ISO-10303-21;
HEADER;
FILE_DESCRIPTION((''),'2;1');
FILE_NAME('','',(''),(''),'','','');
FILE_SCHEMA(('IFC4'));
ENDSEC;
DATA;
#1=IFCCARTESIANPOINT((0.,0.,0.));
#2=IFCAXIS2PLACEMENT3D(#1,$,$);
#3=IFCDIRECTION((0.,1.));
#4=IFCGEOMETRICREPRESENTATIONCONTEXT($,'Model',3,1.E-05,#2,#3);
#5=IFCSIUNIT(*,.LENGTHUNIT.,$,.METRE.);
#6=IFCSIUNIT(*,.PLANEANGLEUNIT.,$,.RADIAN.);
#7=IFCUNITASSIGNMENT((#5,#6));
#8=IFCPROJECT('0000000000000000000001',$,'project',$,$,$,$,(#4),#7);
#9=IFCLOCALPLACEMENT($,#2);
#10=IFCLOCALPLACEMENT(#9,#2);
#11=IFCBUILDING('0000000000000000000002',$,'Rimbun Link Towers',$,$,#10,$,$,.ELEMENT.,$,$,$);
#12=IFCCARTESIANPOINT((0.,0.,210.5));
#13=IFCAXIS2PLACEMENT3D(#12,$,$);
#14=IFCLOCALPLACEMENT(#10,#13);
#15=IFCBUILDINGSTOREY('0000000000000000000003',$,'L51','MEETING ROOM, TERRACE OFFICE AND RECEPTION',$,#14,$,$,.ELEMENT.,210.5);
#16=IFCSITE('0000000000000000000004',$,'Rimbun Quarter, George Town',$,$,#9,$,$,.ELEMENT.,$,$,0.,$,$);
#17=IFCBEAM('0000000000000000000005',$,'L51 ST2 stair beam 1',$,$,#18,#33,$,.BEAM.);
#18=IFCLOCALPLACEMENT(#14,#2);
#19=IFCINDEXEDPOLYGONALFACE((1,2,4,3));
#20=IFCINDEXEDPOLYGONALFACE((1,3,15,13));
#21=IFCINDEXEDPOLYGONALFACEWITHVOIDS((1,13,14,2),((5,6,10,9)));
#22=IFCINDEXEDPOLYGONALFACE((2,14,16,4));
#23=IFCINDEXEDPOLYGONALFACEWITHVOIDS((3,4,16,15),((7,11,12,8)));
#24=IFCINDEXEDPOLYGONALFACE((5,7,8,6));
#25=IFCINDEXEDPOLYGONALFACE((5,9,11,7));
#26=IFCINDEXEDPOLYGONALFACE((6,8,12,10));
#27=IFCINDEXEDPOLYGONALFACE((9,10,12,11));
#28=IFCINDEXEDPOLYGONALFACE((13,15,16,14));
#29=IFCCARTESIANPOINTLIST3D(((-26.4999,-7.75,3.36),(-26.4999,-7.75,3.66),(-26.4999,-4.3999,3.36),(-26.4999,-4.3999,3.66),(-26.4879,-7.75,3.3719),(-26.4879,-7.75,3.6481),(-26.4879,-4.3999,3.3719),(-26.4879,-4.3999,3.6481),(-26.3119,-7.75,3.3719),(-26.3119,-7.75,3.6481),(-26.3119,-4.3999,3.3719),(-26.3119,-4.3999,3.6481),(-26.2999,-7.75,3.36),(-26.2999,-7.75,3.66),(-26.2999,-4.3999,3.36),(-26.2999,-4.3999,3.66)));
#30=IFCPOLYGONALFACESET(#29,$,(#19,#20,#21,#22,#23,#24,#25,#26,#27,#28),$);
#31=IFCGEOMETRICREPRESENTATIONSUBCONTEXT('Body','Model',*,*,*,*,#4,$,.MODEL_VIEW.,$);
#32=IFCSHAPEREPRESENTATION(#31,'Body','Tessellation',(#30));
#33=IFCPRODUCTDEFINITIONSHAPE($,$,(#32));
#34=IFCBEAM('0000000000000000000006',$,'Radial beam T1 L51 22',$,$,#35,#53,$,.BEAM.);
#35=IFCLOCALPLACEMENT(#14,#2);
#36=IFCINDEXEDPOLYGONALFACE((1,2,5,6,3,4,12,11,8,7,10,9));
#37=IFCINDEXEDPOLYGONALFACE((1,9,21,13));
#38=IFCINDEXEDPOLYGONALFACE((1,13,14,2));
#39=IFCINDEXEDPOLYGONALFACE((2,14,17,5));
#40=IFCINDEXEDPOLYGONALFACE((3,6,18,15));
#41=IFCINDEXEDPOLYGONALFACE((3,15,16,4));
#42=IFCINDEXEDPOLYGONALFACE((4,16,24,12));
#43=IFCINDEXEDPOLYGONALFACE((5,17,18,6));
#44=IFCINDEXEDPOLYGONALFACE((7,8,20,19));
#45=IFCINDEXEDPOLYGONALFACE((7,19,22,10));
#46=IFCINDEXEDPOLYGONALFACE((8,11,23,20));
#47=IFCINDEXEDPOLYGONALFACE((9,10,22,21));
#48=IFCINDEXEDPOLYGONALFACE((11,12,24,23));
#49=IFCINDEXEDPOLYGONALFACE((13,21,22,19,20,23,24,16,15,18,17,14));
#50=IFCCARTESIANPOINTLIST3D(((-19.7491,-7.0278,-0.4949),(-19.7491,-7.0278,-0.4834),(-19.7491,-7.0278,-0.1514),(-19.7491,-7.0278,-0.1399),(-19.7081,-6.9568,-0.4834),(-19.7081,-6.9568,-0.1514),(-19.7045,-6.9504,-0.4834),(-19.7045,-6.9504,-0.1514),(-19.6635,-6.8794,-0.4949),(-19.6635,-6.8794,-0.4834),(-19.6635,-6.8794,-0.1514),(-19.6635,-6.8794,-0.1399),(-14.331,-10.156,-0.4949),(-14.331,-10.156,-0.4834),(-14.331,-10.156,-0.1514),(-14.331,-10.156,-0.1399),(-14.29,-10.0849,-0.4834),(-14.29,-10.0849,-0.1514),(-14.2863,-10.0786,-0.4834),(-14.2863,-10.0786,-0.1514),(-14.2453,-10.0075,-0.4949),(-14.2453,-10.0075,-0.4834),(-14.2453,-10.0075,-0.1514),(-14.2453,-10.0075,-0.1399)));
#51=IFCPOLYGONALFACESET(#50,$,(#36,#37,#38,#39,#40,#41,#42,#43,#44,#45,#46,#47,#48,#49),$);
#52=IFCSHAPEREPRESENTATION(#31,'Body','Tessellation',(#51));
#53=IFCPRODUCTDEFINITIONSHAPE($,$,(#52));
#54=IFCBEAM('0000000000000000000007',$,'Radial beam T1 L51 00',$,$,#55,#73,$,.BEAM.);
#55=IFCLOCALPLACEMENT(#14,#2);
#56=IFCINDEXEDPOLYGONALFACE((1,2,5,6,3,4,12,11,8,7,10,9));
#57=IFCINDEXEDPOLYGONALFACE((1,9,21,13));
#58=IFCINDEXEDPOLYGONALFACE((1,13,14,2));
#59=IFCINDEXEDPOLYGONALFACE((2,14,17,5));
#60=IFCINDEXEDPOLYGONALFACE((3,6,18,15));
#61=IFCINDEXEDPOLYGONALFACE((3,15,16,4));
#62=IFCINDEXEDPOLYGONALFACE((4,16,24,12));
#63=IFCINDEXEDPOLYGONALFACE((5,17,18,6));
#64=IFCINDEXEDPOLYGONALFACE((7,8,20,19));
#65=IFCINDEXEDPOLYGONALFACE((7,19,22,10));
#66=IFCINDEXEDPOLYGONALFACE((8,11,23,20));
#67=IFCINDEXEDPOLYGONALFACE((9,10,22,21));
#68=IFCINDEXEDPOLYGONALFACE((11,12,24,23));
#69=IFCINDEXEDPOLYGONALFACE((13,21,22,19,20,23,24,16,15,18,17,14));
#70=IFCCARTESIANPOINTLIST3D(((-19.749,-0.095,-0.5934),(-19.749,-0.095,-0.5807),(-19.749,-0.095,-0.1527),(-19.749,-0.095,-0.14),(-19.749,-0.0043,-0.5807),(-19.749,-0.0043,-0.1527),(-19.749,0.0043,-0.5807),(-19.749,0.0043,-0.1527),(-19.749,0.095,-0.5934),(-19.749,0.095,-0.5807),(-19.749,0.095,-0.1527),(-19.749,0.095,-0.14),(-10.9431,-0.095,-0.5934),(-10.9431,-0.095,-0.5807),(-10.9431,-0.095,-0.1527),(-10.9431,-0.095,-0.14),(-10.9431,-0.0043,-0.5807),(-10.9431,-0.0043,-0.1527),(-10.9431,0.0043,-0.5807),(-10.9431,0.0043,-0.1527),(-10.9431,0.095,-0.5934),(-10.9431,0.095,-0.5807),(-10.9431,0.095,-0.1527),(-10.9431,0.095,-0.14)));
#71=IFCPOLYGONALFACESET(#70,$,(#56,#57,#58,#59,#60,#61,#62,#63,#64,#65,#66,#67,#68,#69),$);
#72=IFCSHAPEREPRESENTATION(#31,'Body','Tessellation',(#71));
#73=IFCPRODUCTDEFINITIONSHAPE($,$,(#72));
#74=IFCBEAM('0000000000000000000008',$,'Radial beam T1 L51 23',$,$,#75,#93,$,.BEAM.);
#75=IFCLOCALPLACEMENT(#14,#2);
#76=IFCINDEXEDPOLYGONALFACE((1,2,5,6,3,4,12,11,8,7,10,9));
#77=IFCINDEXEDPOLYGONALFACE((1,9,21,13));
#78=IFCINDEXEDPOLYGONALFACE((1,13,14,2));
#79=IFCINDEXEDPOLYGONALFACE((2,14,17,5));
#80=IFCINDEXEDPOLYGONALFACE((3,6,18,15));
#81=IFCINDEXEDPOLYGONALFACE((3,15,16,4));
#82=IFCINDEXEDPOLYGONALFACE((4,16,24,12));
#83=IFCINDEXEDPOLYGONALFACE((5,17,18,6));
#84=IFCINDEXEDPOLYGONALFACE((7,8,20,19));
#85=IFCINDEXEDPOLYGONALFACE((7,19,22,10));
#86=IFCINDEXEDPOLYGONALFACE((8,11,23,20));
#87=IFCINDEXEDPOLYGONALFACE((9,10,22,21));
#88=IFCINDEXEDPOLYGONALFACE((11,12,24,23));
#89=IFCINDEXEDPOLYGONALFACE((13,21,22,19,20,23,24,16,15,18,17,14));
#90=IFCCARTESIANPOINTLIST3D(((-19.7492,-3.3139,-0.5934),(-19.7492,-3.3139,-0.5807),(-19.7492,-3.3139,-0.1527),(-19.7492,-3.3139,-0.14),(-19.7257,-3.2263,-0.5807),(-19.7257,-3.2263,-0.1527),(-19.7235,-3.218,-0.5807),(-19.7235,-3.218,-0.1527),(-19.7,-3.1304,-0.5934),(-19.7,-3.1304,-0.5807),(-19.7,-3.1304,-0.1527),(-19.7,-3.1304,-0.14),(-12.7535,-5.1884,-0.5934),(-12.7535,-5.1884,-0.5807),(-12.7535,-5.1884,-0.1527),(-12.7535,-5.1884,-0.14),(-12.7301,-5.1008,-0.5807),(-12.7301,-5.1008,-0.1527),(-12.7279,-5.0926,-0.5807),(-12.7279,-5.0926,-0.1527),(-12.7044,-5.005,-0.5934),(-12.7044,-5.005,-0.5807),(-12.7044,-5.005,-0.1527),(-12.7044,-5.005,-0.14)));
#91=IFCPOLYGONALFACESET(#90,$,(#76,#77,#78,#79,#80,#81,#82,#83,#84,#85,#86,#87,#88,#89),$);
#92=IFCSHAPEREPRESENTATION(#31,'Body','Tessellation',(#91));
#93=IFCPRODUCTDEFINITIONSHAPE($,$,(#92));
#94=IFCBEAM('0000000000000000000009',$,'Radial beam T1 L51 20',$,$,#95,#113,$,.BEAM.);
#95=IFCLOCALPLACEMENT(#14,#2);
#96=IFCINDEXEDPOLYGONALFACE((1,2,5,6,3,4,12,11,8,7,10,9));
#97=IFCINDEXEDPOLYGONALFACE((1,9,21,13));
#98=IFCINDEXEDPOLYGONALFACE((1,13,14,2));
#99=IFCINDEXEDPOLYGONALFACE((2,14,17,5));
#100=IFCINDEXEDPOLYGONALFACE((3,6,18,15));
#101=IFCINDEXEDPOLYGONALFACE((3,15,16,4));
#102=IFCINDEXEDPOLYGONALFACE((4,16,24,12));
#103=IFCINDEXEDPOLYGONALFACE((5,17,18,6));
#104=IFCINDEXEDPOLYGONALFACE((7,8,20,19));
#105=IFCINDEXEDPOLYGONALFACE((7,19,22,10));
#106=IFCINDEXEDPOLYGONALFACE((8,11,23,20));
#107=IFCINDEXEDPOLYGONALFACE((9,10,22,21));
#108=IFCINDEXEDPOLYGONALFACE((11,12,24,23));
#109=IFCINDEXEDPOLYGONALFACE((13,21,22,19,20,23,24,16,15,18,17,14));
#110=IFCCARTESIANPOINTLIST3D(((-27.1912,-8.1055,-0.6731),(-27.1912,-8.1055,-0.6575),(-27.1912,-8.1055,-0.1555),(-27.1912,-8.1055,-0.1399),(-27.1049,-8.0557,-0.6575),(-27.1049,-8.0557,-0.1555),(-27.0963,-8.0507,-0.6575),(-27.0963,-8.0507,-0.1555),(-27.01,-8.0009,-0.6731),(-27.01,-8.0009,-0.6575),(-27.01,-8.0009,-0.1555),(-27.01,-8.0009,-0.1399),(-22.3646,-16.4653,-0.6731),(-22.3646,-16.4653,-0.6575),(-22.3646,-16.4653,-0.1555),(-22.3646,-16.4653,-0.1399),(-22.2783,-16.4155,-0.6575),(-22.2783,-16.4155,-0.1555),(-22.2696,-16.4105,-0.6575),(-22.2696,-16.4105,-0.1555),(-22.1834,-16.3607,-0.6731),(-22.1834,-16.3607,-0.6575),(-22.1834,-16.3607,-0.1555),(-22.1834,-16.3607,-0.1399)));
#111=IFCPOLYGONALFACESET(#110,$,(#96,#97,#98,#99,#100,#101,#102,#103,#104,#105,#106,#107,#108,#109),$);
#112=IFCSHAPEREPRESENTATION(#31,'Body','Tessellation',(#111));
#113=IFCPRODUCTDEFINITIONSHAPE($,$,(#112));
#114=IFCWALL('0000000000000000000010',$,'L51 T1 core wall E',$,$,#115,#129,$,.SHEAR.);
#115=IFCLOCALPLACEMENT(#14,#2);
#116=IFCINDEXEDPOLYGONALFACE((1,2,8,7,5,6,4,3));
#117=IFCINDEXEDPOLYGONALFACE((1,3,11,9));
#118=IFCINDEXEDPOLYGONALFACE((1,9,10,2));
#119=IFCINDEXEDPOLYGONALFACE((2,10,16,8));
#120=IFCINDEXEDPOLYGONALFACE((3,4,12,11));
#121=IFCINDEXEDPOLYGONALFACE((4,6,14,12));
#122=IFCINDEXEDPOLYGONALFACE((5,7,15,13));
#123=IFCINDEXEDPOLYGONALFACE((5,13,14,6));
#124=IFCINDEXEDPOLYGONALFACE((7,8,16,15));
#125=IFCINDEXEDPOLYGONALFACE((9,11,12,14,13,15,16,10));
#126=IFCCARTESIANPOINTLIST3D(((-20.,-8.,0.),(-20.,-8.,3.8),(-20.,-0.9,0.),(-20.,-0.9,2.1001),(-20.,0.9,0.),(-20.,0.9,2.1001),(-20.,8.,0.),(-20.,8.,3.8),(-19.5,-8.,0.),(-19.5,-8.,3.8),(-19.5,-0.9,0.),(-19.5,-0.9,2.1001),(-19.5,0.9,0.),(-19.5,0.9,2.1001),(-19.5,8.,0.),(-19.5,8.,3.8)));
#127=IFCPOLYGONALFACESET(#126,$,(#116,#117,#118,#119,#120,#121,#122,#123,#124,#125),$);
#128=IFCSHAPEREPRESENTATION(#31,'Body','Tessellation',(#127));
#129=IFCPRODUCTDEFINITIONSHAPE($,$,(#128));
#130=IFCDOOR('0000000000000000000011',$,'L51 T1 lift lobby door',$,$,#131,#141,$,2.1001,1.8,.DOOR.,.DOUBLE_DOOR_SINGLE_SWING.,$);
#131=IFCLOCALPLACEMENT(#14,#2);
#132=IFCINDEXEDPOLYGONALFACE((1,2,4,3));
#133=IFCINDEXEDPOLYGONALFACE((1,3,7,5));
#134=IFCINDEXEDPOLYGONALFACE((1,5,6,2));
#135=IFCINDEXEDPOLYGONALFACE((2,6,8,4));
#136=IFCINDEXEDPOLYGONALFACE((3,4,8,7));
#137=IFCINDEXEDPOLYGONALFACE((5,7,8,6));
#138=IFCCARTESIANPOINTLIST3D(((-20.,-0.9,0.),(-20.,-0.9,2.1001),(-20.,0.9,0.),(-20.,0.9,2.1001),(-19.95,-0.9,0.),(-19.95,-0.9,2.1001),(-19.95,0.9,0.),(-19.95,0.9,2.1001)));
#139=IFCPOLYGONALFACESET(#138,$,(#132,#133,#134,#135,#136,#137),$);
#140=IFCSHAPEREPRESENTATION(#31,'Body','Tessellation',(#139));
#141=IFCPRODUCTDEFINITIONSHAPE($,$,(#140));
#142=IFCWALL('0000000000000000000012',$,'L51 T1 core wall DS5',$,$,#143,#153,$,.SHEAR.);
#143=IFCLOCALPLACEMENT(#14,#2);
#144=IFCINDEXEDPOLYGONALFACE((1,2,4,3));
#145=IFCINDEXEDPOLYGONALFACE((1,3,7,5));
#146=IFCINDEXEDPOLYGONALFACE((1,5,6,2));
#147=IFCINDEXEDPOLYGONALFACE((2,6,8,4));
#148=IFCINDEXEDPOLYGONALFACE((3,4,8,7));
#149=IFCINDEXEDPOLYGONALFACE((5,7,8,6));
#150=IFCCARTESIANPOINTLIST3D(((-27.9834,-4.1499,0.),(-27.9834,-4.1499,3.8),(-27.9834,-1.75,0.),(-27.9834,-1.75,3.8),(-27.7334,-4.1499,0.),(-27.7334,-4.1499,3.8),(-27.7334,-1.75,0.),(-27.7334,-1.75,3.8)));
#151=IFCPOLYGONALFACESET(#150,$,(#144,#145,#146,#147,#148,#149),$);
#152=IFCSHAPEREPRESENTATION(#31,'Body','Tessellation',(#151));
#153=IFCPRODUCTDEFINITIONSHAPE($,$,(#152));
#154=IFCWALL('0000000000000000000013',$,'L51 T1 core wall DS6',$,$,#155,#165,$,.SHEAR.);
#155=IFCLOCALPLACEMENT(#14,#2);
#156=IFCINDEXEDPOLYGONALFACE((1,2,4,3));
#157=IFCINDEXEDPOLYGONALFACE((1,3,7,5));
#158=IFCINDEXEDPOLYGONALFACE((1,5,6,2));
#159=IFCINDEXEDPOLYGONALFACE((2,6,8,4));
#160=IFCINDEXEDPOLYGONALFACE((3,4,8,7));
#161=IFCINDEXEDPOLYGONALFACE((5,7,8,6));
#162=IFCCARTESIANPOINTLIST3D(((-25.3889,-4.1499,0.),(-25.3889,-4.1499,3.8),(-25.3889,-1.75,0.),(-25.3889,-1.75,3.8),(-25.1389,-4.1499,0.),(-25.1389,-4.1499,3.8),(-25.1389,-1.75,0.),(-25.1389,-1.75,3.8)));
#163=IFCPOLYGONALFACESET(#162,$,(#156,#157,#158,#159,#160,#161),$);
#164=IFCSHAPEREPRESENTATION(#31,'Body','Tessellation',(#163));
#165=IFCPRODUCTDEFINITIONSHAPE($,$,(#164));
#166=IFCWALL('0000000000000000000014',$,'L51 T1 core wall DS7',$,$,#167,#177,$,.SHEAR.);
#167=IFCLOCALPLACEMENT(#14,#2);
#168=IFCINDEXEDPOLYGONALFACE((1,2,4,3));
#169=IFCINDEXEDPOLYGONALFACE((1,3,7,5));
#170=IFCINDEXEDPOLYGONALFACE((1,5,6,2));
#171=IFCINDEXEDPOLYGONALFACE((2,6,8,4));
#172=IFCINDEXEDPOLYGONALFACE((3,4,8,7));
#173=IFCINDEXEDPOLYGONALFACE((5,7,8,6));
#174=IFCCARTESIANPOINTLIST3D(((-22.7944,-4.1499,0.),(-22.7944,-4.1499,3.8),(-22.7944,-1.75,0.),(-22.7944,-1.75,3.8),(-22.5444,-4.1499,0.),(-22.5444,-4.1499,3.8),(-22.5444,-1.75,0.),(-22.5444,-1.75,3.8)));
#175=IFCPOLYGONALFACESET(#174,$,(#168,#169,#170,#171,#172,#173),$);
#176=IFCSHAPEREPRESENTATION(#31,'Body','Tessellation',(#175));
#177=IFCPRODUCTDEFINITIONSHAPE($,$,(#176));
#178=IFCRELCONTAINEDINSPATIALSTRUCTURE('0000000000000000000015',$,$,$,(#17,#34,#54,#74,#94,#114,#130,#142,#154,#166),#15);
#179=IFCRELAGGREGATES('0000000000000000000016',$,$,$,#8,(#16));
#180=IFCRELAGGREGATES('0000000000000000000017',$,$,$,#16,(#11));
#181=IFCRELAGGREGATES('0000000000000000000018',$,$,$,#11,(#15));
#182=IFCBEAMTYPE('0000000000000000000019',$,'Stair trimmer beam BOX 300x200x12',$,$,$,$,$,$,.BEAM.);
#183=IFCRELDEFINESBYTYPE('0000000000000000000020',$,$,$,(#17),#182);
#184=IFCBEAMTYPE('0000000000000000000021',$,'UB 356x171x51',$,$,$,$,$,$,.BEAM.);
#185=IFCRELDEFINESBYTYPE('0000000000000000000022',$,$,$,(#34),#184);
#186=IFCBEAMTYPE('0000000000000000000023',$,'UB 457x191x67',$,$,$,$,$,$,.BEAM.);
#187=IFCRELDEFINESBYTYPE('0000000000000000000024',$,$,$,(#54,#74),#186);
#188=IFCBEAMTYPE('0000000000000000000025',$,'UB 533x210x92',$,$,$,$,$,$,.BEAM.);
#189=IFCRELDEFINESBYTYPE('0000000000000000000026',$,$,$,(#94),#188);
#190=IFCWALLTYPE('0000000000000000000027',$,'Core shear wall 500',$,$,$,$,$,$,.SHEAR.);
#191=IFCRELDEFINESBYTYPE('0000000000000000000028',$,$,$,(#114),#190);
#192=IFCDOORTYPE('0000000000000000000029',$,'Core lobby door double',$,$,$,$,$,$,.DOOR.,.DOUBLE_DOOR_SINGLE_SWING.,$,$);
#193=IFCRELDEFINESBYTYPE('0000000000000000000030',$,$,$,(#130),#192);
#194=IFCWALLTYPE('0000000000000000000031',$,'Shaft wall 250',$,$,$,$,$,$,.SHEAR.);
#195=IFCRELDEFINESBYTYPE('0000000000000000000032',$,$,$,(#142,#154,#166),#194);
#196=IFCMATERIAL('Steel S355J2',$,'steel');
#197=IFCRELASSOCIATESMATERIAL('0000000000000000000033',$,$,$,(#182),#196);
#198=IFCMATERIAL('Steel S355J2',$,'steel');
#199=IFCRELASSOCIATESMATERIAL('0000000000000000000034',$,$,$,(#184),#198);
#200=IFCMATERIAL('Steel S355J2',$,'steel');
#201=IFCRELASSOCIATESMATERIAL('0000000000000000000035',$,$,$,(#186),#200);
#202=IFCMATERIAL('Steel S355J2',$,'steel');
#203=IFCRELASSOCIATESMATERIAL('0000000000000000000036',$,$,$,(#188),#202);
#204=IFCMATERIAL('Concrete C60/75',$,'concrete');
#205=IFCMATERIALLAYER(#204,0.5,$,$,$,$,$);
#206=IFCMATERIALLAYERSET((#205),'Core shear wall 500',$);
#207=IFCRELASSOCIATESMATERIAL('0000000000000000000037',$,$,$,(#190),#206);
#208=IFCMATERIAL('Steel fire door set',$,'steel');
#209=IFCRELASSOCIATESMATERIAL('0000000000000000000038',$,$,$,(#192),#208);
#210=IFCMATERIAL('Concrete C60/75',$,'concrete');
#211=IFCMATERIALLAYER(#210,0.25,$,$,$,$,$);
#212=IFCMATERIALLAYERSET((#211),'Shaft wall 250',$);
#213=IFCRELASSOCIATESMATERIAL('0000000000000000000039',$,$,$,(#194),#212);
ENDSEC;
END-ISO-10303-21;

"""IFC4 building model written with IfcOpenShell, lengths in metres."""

from ifc_helpers import new_model, si_unit, direction, frame, frame_2d, origin, origin_2d, place, context, subcontext, project, spatial, rectangle, hollow_rectangle, i_section, extrude, material, layer, layer_set, material_profile, profile_set, type_object, element, fill, save


model = new_model("IFC4")

# Units and contexts
model_context = context("Model", 3, precision=1e-05, world=origin(), true_north=direction((0.0, 1.0)))
body_context = subcontext(model_context, "Body", "Model", "MODEL_VIEW")
ifc_project = project(units=[si_unit("LENGTHUNIT", "METRE"), si_unit("PLANEANGLEUNIT", "RADIAN")], contexts=[model_context])

# Site, building, storey
site_placement = place(None, origin())
site = spatial("IfcSite", under=ifc_project, at=site_placement, Name="Rimbun Quarter, George Town", CompositionType="ELEMENT", RefElevation=0.0)
building_placement = place(site_placement, origin())
building = spatial("IfcBuilding", under=site, at=building_placement, Name="Rimbun Link Towers", CompositionType="ELEMENT")
storey_placement = place(building_placement, frame((0.0, 0.0, 210.5)))
storey = spatial("IfcBuildingStorey", under=building, at=storey_placement, Name="L51", Description="MEETING ROOM, TERRACE OFFICE AND RECEPTION", CompositionType="ELEMENT", Elevation=210.5)

# Beams
ifc_material_1 = material(Name="Steel S355J2", Category="steel")
ifc_material_profile_1 = material_profile(ifc_material_1, hollow_rectangle(XDim=0.2, YDim=0.3, WallThickness=0.012, at=origin_2d()), Name="BOX 300x200x12")
ifc_profile_set_1 = profile_set([ifc_material_profile_1], Name="Steel S355J2")
beam_type_1 = type_object("IfcBeamType", Name="Stair trimmer beam BOX 300x200x12", PredefinedType="BEAM", material=ifc_profile_set_1)
beam_1_placement = place(storey_placement, frame((-26.3999, -7.75, 3.51), z_axis=(0.0, 1.0, 0.0), x_axis=(-1.0, 0.0, 0.0)))
element("IfcBeam", 1, at=beam_1_placement, inside=storey, type_object=beam_type_1, Name="L51 ST2 stair beam 1", PredefinedType="BEAM", context=body_context, shape_type="SweptSolid", body=[
    extrude(hollow_rectangle(XDim=0.2, YDim=0.3, WallThickness=0.012, at=origin_2d()), origin(), (0.0, 0.0, 1.0), 3.3501),
])
ifc_material_2 = material(Name="Steel S355J2", Category="steel")
ifc_material_profile_2 = material_profile(ifc_material_2, i_section(OverallWidth=0.1714, OverallDepth=0.355, WebThickness=0.0073, FlangeThickness=0.0115, at=origin_2d()), Name="UB 356x171x51")
ifc_profile_set_2 = profile_set([ifc_material_profile_2], Name="Steel S355J2")
beam_type_2 = type_object("IfcBeamType", Name="UB 356x171x51", PredefinedType="BEAM", material=ifc_profile_set_2)
beam_2_placement = place(storey_placement, frame((-19.7063, -6.9536, -0.3174), z_axis=(0.866028, -0.499996, 0.0), x_axis=(0.499996, 0.866028, 0.0)))
element("IfcBeam", 2, at=beam_2_placement, inside=storey, type_object=beam_type_2, Name="Radial beam T1 L51 22", PredefinedType="BEAM", context=body_context, shape_type="SweptSolid", body=[
    extrude(i_section(OverallWidth=0.1714, OverallDepth=0.355, WebThickness=0.0073, FlangeThickness=0.0115, at=origin_2d()), origin(), (0.0, 0.0, 1.0), 6.2563),
])
ifc_material_3 = material(Name="Steel S355J2", Category="steel")
ifc_material_profile_3 = material_profile(ifc_material_3, i_section(OverallWidth=0.1899, OverallDepth=0.4534, WebThickness=0.0085, FlangeThickness=0.0127, at=origin_2d()), Name="UB 457x191x67")
ifc_profile_set_3 = profile_set([ifc_material_profile_3], Name="Steel S355J2")
beam_type_3 = type_object("IfcBeamType", Name="UB 457x191x67", PredefinedType="BEAM", material=ifc_profile_set_3)
beam_3_placement = place(storey_placement, frame((-19.749, 0.0, -0.3667), z_axis=(1.0, 0.0, 0.0), x_axis=(0.0, 1.0, 0.0)))
element("IfcBeam", 3, at=beam_3_placement, inside=storey, type_object=beam_type_3, Name="Radial beam T1 L51 00", PredefinedType="BEAM", context=body_context, shape_type="SweptSolid", body=[
    extrude(i_section(OverallWidth=0.1899, OverallDepth=0.4534, WebThickness=0.0085, FlangeThickness=0.0127, at=origin_2d()), origin(), (0.0, 0.0, 1.0), 8.8059),
])
beam_4_placement = place(storey_placement, frame((-19.7246, -3.2222, -0.3667), z_axis=(0.965924, -0.258825, 0.0), x_axis=(0.258825, 0.965924, 0.0)))
element("IfcBeam", 4, at=beam_4_placement, inside=storey, type_object=beam_type_3, Name="Radial beam T1 L51 23", PredefinedType="BEAM", context=body_context, shape_type="SweptSolid", body=[
    extrude(i_section(OverallWidth=0.1899, OverallDepth=0.4534, WebThickness=0.0085, FlangeThickness=0.0127, at=origin_2d()), origin(), (0.0, 0.0, 1.0), 7.2424),
])
ifc_material_4 = material(Name="Steel S355J2", Category="steel")
ifc_material_profile_4 = material_profile(ifc_material_4, i_section(OverallWidth=0.2092, OverallDepth=0.5332, WebThickness=0.01, FlangeThickness=0.0156, at=origin_2d()), Name="UB 533x210x92")
ifc_profile_set_4 = profile_set([ifc_material_profile_4], Name="Steel S355J2")
beam_type_4 = type_object("IfcBeamType", Name="UB 533x210x92", PredefinedType="BEAM", material=ifc_profile_set_4)
beam_5_placement = place(storey_placement, frame((-27.1006, -8.0532, -0.4065), z_axis=(0.500007, -0.866021, 0.0), x_axis=(0.866021, 0.500007, 0.0)))
element("IfcBeam", 5, at=beam_5_placement, inside=storey, type_object=beam_type_4, Name="Radial beam T1 L51 20", PredefinedType="BEAM", context=body_context, shape_type="SweptSolid", body=[
    extrude(i_section(OverallWidth=0.2092, OverallDepth=0.5332, WebThickness=0.01, FlangeThickness=0.0156, at=origin_2d()), origin(), (0.0, 0.0, 1.0), 9.6531),
])

# Wall, opening, door
ifc_material_5 = material(Name="Concrete C60/75", Category="concrete")
ifc_layer_1 = layer(ifc_material_5, 0.5)
ifc_layer_set_1 = layer_set([ifc_layer_1], Name="Core shear wall 500")
wall_type_1 = type_object("IfcWallType", Name="Core shear wall 500", PredefinedType="SHEAR", material=ifc_layer_set_1)
wall_1_placement = place(storey_placement, frame((-19.75, -8.0, 0.0), z_axis=(0.0, 0.0, 1.0), x_axis=(0.0, 1.0, 0.0)))
wall_1 = element("IfcWall", 6, at=wall_1_placement, inside=storey, type_object=wall_type_1, Name="L51 T1 core wall E", PredefinedType="SHEAR", context=body_context, shape_type="SweptSolid", body=[
    extrude(rectangle(XDim=16.0, YDim=0.5, at=frame_2d((8.0, 0.0))), origin(), (0.0, 0.0, 1.0), 3.8),
])
opening_1_placement = place(wall_1_placement, frame((7.1001, 0.0, 0.0)))
opening_1 = element("IfcOpeningElement", 7, at=opening_1_placement, cuts=wall_1, PredefinedType="OPENING", context=body_context, shape_type="SweptSolid", body=[
    extrude(rectangle(XDim=1.8, YDim=2.1001, at=frame_2d((0.8999, 1.05))), frame((0.0, 0.26, 0.0), z_axis=(0.0, -1.0, 0.0), x_axis=(1.0, 0.0, 0.0)), (0.0, 0.0, 1.0), 0.52),
])
ifc_material_6 = material(Name="Steel fire door set", Category="steel")
door_type_1 = type_object("IfcDoorType", Name="Core lobby door double", OperationType="DOUBLE_DOOR_SINGLE_SWING", PredefinedType="DOOR", material=ifc_material_6)
door_1_placement = place(opening_1_placement, origin())
door_1 = element("IfcDoor", 8, at=door_1_placement, inside=storey, type_object=door_type_1, Name="L51 T1 lift lobby door", OperationType="DOUBLE_DOOR_SINGLE_SWING", OverallHeight=2.1001, OverallWidth=1.8, PredefinedType="DOOR", context=body_context, shape_type="SweptSolid", body=[
    extrude(rectangle(XDim=1.8, YDim=2.1001, at=frame_2d((0.8999, 1.05))), frame((0.0, 0.25, 0.0), z_axis=(0.0, -1.0, 0.0), x_axis=(1.0, 0.0, 0.0)), (0.0, 0.0, 1.0), 0.05),
])
fill(opening_1, door_1)

# Walls
ifc_material_7 = material(Name="Concrete C60/75", Category="concrete")
ifc_layer_2 = layer(ifc_material_7, 0.25)
ifc_layer_set_2 = layer_set([ifc_layer_2], Name="Shaft wall 250")
wall_type_2 = type_object("IfcWallType", Name="Shaft wall 250", PredefinedType="SHEAR", material=ifc_layer_set_2)
for number, where, z_axis, x_axis, name in (
    (9, (-27.8584, -4.1499, 0.0), (0.0, 0.0, 1.0), (0.0, 1.0, 0.0), "L51 T1 core wall DS5"),
    (10, (-25.2639, -4.1499, 0.0), (0.0, 0.0, 1.0), (0.0, 1.0, 0.0), "L51 T1 core wall DS6"),
    (11, (-22.6694, -4.1499, 0.0), (0.0, 0.0, 1.0), (0.0, 1.0, 0.0), "L51 T1 core wall DS7"),
):
    element("IfcWall", number, at=place(storey_placement, frame(where, z_axis=z_axis, x_axis=x_axis)), inside=storey, type_object=wall_type_2, Name=name, PredefinedType="SHEAR", context=body_context, shape_type="SweptSolid", body=[
        extrude(rectangle(XDim=2.3999, YDim=0.25, at=frame_2d((1.2, 0.0))), origin(), (0.0, 0.0, 1.0), 3.8),
    ])

save(model, "model.ifc")
